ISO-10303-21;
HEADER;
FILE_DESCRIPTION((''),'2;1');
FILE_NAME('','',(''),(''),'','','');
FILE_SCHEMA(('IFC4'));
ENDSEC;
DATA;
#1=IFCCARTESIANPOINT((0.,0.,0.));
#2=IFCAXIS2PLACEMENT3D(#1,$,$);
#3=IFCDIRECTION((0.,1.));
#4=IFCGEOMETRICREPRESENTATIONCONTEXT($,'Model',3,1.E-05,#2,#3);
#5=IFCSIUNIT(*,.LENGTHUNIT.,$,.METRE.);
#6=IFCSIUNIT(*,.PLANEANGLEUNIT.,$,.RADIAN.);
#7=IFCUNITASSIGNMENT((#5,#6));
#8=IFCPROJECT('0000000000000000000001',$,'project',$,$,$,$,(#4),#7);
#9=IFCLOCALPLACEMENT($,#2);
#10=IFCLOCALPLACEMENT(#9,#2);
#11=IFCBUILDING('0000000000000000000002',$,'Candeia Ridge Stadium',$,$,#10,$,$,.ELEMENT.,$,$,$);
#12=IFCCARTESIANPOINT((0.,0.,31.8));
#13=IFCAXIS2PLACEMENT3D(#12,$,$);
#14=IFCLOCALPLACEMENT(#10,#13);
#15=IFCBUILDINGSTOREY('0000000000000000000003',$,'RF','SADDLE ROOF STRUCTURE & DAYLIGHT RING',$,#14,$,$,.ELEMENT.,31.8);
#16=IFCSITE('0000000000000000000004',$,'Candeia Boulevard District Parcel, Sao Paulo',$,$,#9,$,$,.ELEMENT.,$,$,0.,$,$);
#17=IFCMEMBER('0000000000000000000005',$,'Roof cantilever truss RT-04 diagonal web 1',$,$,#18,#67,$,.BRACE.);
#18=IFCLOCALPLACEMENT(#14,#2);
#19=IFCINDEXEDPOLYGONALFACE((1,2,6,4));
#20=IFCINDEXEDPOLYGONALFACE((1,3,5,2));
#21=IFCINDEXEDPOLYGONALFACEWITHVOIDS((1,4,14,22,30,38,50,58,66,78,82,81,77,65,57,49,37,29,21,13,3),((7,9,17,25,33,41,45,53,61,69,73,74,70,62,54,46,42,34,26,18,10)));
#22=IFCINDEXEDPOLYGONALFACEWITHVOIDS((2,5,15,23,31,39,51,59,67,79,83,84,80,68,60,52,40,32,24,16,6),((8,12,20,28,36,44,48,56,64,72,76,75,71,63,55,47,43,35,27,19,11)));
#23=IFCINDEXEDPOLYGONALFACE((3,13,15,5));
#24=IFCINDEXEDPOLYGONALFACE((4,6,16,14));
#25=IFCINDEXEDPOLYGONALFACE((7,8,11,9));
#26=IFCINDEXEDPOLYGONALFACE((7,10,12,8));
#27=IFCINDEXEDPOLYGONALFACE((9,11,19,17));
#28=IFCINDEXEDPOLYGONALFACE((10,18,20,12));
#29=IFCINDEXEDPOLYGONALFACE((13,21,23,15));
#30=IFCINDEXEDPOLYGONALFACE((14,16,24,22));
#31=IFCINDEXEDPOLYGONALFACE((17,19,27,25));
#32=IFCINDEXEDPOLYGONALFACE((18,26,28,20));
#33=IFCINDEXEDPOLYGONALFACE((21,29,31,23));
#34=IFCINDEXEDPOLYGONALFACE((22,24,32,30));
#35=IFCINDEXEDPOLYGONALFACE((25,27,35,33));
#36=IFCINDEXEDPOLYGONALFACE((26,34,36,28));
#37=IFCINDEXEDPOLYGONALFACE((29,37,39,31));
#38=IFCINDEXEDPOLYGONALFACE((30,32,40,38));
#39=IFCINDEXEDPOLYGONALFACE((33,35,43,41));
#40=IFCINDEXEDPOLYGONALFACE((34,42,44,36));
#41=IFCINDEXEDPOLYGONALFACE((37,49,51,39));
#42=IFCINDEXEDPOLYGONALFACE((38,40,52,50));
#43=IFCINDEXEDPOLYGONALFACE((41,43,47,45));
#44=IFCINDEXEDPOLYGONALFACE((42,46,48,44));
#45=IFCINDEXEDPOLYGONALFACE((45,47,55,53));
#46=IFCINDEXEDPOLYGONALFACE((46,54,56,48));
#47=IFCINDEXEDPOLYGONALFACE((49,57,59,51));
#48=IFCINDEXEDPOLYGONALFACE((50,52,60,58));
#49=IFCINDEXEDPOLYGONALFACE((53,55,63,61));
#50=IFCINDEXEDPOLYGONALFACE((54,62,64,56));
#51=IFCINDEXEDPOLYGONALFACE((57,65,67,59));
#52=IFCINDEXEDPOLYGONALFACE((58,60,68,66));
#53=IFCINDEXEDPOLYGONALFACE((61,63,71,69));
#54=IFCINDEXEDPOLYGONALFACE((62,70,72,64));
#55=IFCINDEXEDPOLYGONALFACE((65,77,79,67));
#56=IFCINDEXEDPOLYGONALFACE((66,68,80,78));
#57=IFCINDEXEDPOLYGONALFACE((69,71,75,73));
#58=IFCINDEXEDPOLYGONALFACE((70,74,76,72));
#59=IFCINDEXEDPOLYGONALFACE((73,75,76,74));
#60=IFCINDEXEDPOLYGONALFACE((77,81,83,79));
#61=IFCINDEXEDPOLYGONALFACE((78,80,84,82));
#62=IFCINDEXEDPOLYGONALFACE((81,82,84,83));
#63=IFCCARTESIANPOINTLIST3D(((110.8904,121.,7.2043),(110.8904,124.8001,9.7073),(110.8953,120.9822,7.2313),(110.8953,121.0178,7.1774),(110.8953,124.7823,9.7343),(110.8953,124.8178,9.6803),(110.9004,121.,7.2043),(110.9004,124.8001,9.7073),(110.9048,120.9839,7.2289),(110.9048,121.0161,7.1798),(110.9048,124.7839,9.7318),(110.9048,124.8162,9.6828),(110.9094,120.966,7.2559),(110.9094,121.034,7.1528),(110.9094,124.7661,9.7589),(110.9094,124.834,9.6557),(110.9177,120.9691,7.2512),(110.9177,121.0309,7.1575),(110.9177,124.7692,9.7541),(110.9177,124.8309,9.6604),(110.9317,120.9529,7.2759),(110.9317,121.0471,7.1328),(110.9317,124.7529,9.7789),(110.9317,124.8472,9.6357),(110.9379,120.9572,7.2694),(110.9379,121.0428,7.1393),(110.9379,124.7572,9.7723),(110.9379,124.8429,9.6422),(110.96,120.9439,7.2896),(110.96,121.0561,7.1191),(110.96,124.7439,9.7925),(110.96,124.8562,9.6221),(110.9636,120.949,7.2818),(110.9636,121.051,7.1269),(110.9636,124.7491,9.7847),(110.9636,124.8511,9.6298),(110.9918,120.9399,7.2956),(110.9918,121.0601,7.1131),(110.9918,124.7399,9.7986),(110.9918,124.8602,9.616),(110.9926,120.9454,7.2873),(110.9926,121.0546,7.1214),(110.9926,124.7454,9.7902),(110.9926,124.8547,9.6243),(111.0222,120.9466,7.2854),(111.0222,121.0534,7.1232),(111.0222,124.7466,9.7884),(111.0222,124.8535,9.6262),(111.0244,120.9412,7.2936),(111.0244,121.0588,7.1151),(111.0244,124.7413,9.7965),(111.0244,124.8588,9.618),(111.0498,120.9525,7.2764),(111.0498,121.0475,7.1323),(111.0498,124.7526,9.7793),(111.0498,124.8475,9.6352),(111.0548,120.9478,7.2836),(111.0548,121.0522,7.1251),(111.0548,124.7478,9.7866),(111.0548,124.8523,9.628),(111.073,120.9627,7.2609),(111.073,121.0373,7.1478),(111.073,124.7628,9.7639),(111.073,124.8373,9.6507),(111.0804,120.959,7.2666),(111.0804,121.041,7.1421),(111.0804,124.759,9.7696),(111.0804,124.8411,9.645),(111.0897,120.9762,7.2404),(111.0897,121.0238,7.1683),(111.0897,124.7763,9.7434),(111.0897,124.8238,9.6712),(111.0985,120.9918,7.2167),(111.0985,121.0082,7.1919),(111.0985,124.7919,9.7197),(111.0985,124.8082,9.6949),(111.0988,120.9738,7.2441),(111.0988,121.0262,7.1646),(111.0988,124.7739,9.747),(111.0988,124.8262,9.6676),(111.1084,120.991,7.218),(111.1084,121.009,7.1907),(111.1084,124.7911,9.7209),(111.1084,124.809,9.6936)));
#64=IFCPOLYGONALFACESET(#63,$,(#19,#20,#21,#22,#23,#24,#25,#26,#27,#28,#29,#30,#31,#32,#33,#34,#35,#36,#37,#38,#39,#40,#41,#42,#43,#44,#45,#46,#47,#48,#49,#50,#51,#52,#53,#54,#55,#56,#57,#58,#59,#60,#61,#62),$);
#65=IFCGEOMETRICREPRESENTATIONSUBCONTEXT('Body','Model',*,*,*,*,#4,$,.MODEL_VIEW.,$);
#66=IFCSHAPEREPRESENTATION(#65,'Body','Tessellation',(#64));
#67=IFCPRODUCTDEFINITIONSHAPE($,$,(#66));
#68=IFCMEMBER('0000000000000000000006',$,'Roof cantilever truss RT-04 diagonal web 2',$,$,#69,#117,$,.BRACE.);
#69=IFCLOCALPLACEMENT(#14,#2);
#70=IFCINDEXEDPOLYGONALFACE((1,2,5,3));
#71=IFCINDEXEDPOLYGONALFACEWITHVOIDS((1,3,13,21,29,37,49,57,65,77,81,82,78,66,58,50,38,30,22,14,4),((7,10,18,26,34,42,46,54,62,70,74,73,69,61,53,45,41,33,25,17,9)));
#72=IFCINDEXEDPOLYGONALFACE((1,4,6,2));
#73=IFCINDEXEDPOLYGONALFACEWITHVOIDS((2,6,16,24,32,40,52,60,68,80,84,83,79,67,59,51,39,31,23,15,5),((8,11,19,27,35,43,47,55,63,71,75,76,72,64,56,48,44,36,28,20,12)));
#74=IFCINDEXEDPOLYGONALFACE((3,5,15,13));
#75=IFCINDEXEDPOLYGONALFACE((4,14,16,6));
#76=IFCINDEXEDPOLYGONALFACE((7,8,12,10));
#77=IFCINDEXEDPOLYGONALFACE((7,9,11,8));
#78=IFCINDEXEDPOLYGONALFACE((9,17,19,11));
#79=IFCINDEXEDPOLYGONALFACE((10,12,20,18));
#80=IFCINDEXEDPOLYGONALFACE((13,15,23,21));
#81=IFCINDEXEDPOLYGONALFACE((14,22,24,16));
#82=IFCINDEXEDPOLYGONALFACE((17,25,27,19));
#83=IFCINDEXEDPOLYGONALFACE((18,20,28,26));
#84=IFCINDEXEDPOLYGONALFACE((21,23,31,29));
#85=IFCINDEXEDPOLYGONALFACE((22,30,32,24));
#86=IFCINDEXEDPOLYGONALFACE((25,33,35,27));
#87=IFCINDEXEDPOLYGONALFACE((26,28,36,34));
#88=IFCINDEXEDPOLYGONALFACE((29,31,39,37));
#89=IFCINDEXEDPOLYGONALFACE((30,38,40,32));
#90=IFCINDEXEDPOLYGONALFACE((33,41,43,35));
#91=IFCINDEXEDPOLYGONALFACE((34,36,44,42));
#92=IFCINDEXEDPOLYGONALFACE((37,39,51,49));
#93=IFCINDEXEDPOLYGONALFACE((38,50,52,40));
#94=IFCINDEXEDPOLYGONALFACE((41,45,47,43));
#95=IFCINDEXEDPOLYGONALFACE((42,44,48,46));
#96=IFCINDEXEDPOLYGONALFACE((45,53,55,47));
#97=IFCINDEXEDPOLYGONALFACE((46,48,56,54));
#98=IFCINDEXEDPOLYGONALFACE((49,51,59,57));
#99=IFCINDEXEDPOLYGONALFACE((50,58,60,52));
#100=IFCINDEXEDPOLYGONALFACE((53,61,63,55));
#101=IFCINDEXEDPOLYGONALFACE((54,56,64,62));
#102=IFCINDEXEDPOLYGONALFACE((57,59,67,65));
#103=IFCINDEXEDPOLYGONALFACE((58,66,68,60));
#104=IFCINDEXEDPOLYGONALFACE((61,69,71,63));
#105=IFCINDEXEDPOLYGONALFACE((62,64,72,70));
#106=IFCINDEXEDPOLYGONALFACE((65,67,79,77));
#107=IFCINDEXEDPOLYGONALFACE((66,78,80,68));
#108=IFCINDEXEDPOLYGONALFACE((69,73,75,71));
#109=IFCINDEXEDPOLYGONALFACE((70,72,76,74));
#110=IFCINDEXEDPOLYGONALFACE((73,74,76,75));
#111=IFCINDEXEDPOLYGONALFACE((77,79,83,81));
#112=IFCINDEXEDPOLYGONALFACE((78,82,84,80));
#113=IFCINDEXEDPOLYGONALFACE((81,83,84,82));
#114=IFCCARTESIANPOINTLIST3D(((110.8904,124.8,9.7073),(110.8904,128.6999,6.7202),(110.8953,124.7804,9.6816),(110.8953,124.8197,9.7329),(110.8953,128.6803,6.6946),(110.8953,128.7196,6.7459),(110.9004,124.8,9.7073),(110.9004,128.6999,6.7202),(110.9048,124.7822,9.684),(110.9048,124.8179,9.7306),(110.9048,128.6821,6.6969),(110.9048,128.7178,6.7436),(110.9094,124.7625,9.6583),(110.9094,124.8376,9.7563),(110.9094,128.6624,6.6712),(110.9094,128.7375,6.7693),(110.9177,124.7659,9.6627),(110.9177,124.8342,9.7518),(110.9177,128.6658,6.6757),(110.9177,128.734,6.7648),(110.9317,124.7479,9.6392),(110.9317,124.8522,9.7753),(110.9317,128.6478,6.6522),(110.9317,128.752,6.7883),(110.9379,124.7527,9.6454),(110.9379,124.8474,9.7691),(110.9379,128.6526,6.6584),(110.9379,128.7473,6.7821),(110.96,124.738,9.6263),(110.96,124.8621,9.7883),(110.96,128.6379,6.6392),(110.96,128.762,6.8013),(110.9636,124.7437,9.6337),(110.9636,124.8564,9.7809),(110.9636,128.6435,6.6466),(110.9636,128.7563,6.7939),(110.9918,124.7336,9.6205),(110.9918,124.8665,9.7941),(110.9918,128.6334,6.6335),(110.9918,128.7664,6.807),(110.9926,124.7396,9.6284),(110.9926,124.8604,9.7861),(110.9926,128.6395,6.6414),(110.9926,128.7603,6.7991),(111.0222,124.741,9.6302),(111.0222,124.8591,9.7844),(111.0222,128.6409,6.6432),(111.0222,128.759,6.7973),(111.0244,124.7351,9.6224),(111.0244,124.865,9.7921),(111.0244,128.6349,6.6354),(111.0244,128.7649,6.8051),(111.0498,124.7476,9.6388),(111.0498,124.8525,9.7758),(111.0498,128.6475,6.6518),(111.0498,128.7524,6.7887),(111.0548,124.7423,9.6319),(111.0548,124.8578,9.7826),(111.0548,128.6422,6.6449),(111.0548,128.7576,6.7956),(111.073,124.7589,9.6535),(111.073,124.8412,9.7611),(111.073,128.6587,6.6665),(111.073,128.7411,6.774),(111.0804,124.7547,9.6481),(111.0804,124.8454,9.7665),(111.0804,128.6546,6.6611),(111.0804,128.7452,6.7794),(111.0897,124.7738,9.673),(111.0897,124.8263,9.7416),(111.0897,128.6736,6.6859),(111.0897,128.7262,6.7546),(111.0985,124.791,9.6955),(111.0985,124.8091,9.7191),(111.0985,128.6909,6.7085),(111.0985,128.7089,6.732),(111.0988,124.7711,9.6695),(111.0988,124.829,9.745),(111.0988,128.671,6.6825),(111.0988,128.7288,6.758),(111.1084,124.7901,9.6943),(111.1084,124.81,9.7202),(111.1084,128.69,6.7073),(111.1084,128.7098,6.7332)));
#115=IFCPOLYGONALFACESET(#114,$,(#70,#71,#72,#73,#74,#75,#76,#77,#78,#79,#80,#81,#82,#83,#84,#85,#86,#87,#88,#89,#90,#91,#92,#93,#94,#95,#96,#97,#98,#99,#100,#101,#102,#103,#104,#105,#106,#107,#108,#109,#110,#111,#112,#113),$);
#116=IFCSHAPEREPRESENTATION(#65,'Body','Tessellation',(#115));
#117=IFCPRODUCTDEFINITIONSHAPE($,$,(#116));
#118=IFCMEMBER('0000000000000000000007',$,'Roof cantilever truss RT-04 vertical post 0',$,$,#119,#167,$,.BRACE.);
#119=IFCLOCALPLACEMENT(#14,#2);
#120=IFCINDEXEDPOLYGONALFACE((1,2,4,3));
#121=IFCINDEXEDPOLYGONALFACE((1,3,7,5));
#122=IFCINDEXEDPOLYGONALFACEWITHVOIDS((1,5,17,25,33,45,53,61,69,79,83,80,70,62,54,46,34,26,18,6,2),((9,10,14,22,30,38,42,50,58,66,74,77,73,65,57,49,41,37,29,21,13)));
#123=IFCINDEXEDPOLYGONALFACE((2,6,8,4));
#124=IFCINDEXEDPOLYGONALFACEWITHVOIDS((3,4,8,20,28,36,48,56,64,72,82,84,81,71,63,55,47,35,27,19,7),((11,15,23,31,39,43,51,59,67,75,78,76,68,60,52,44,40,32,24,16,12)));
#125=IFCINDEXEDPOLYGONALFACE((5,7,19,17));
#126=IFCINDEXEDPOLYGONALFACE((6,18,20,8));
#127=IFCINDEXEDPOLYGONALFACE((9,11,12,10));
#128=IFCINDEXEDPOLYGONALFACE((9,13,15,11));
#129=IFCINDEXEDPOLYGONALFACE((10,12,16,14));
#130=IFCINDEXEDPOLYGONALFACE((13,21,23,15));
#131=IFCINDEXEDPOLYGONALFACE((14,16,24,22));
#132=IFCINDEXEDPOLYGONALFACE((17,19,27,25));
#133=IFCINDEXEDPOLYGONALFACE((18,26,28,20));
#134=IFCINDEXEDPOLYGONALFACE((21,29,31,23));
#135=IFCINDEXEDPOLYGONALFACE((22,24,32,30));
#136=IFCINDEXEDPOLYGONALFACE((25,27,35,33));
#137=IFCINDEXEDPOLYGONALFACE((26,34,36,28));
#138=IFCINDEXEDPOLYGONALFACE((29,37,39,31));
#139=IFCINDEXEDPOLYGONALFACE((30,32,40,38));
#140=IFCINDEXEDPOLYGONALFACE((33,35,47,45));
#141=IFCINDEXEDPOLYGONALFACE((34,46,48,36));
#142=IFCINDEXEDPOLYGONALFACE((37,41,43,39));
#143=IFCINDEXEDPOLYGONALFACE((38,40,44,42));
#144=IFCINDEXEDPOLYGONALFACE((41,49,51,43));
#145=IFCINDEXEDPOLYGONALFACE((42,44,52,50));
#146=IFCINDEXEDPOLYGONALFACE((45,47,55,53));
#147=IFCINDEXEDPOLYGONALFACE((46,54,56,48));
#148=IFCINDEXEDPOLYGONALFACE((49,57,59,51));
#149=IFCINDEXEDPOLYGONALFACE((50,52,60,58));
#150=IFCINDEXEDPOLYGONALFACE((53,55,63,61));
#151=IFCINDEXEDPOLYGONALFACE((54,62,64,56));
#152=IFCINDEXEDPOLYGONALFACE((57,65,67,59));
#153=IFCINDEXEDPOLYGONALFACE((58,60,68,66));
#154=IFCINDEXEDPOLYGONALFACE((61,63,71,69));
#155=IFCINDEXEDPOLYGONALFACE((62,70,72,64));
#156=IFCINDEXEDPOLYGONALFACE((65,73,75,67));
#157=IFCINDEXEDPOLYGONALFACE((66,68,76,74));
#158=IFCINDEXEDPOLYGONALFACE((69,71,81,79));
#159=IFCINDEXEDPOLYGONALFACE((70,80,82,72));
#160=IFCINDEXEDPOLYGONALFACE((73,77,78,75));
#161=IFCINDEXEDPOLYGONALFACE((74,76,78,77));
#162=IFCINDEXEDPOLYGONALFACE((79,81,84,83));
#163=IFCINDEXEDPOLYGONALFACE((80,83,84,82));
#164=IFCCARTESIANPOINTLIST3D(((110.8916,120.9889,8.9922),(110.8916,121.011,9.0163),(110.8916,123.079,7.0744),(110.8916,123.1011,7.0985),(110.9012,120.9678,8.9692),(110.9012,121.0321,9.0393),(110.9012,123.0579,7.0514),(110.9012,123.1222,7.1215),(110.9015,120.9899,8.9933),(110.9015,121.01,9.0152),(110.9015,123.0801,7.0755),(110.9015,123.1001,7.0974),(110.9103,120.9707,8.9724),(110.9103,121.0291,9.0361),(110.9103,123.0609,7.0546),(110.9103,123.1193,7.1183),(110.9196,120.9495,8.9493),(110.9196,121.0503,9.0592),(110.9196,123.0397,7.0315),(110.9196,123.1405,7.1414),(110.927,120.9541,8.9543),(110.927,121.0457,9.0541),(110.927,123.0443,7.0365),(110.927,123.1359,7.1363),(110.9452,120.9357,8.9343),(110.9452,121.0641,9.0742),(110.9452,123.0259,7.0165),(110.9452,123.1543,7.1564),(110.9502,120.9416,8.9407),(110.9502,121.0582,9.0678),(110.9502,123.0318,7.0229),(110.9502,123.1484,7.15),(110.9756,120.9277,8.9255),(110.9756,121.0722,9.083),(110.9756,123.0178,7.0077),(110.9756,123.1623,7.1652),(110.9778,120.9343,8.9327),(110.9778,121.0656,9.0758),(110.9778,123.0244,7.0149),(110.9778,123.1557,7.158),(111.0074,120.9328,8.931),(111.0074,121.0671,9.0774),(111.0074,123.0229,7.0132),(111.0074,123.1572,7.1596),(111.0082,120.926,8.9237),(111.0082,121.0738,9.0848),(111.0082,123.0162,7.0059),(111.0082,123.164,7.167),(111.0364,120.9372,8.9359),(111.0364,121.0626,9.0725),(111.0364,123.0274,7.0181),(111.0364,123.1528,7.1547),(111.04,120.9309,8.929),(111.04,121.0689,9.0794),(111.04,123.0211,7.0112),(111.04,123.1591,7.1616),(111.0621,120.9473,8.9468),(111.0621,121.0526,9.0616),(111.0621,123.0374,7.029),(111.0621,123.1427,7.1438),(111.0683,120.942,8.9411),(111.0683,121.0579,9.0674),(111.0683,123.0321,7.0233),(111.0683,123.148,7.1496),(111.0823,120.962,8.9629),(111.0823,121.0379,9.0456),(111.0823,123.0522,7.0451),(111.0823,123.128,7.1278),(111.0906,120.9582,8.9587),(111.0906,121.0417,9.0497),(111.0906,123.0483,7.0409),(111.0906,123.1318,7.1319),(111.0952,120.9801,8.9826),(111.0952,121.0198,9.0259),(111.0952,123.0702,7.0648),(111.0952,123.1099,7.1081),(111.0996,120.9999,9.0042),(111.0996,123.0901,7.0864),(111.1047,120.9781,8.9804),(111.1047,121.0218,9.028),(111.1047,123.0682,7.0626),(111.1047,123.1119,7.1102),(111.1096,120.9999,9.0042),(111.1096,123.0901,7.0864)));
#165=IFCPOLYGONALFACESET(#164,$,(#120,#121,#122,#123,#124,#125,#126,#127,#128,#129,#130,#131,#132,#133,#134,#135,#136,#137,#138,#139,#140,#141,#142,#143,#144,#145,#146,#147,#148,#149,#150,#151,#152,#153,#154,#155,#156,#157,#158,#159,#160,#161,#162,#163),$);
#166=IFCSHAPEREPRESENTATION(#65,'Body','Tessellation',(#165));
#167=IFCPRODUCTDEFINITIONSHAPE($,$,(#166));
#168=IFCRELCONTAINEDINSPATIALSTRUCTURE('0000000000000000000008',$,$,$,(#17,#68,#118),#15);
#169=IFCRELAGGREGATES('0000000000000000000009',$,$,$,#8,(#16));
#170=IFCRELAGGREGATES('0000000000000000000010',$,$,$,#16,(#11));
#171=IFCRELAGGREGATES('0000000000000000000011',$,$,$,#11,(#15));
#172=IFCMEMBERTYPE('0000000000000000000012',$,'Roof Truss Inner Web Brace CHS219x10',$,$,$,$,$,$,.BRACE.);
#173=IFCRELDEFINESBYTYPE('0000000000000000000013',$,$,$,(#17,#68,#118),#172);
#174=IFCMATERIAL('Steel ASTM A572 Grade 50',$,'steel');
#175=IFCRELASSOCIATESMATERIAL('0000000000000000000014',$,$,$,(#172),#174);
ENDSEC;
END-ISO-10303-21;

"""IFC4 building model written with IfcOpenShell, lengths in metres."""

from ifc_helpers import new_model, si_unit, direction, frame, origin, origin_2d, place, context, subcontext, project, spatial, hollow_circle, extrude, material, material_profile, profile_set, type_object, element, save


model = new_model("IFC4")

# Units and contexts
model_context = context("Model", 3, precision=1e-05, world=origin(), true_north=direction((0.0, 1.0)))
body_context = subcontext(model_context, "Body", "Model", "MODEL_VIEW")
ifc_project = project(units=[si_unit("LENGTHUNIT", "METRE"), si_unit("PLANEANGLEUNIT", "RADIAN")], contexts=[model_context])

# Site, building, storey
site_placement = place(None, origin())
site = spatial("IfcSite", under=ifc_project, at=site_placement, Name="Candeia Boulevard District Parcel, Sao Paulo", CompositionType="ELEMENT", RefElevation=0.0)
building_placement = place(site_placement, origin())
building = spatial("IfcBuilding", under=site, at=building_placement, Name="Candeia Ridge Stadium", CompositionType="ELEMENT")
storey_placement = place(building_placement, frame((0.0, 0.0, 31.8)))
storey = spatial("IfcBuildingStorey", under=building, at=storey_placement, Name="RF", Description="SADDLE ROOF STRUCTURE & DAYLIGHT RING", CompositionType="ELEMENT", Elevation=31.8)

# Shared definitions
ifc_material_1 = material(Name="Steel ASTM A572 Grade 50", Category="steel")

# Members
ifc_material_profile_1 = material_profile(ifc_material_1, hollow_circle(Radius=0.1096, WallThickness=0.01, at=origin_2d()), Name="CHS219x10", Category="steel")
ifc_profile_set_1 = profile_set([ifc_material_profile_1], Name="Steel ASTM A572 Grade 50")
member_type_1 = type_object("IfcMemberType", Name="Roof Truss Inner Web Brace CHS219x10", PredefinedType="BRACE", material=ifc_profile_set_1)
member_1_placement = place(storey_placement, frame((111.0, 121.0, 7.2043), z_axis=(0.0, 0.835125, 0.550061), x_axis=(-1.0, 0.0, 0.0)))
element("IfcMember", 1, at=member_1_placement, inside=storey, type_object=member_type_1, Name="Roof cantilever truss RT-04 diagonal web 1", PredefinedType="BRACE", context=body_context, shape_type="SweptSolid", body=[
    extrude(hollow_circle(Radius=0.1096, WallThickness=0.01, at=origin_2d()), origin(), (0.0, 0.0, 1.0), 4.5503),
])
member_2_placement = place(storey_placement, frame((111.0, 124.8, 9.7073), z_axis=(0.0, 0.793888, -0.608064), x_axis=(-1.0, 0.0, 0.0)))
element("IfcMember", 2, at=member_2_placement, inside=storey, type_object=member_type_1, Name="Roof cantilever truss RT-04 diagonal web 2", PredefinedType="BRACE", context=body_context, shape_type="SweptSolid", body=[
    extrude(hollow_circle(Radius=0.1096, WallThickness=0.01, at=origin_2d()), origin(), (0.0, 0.0, 1.0), 4.9124),
])
member_3_placement = place(storey_placement, frame((111.0, 123.0901, 7.0864), z_axis=(0.0, -0.736836, 0.676071), x_axis=(1.0, 0.0, 0.0)))
element("IfcMember", 3, at=member_3_placement, inside=storey, type_object=member_type_1, Name="Roof cantilever truss RT-04 vertical post 0", PredefinedType="BRACE", context=body_context, shape_type="SweptSolid", body=[
    extrude(hollow_circle(Radius=0.1096, WallThickness=0.01, at=origin_2d()), origin(), (0.0, 0.0, 1.0), 2.8367),
])

save(model, "model.ifc")
